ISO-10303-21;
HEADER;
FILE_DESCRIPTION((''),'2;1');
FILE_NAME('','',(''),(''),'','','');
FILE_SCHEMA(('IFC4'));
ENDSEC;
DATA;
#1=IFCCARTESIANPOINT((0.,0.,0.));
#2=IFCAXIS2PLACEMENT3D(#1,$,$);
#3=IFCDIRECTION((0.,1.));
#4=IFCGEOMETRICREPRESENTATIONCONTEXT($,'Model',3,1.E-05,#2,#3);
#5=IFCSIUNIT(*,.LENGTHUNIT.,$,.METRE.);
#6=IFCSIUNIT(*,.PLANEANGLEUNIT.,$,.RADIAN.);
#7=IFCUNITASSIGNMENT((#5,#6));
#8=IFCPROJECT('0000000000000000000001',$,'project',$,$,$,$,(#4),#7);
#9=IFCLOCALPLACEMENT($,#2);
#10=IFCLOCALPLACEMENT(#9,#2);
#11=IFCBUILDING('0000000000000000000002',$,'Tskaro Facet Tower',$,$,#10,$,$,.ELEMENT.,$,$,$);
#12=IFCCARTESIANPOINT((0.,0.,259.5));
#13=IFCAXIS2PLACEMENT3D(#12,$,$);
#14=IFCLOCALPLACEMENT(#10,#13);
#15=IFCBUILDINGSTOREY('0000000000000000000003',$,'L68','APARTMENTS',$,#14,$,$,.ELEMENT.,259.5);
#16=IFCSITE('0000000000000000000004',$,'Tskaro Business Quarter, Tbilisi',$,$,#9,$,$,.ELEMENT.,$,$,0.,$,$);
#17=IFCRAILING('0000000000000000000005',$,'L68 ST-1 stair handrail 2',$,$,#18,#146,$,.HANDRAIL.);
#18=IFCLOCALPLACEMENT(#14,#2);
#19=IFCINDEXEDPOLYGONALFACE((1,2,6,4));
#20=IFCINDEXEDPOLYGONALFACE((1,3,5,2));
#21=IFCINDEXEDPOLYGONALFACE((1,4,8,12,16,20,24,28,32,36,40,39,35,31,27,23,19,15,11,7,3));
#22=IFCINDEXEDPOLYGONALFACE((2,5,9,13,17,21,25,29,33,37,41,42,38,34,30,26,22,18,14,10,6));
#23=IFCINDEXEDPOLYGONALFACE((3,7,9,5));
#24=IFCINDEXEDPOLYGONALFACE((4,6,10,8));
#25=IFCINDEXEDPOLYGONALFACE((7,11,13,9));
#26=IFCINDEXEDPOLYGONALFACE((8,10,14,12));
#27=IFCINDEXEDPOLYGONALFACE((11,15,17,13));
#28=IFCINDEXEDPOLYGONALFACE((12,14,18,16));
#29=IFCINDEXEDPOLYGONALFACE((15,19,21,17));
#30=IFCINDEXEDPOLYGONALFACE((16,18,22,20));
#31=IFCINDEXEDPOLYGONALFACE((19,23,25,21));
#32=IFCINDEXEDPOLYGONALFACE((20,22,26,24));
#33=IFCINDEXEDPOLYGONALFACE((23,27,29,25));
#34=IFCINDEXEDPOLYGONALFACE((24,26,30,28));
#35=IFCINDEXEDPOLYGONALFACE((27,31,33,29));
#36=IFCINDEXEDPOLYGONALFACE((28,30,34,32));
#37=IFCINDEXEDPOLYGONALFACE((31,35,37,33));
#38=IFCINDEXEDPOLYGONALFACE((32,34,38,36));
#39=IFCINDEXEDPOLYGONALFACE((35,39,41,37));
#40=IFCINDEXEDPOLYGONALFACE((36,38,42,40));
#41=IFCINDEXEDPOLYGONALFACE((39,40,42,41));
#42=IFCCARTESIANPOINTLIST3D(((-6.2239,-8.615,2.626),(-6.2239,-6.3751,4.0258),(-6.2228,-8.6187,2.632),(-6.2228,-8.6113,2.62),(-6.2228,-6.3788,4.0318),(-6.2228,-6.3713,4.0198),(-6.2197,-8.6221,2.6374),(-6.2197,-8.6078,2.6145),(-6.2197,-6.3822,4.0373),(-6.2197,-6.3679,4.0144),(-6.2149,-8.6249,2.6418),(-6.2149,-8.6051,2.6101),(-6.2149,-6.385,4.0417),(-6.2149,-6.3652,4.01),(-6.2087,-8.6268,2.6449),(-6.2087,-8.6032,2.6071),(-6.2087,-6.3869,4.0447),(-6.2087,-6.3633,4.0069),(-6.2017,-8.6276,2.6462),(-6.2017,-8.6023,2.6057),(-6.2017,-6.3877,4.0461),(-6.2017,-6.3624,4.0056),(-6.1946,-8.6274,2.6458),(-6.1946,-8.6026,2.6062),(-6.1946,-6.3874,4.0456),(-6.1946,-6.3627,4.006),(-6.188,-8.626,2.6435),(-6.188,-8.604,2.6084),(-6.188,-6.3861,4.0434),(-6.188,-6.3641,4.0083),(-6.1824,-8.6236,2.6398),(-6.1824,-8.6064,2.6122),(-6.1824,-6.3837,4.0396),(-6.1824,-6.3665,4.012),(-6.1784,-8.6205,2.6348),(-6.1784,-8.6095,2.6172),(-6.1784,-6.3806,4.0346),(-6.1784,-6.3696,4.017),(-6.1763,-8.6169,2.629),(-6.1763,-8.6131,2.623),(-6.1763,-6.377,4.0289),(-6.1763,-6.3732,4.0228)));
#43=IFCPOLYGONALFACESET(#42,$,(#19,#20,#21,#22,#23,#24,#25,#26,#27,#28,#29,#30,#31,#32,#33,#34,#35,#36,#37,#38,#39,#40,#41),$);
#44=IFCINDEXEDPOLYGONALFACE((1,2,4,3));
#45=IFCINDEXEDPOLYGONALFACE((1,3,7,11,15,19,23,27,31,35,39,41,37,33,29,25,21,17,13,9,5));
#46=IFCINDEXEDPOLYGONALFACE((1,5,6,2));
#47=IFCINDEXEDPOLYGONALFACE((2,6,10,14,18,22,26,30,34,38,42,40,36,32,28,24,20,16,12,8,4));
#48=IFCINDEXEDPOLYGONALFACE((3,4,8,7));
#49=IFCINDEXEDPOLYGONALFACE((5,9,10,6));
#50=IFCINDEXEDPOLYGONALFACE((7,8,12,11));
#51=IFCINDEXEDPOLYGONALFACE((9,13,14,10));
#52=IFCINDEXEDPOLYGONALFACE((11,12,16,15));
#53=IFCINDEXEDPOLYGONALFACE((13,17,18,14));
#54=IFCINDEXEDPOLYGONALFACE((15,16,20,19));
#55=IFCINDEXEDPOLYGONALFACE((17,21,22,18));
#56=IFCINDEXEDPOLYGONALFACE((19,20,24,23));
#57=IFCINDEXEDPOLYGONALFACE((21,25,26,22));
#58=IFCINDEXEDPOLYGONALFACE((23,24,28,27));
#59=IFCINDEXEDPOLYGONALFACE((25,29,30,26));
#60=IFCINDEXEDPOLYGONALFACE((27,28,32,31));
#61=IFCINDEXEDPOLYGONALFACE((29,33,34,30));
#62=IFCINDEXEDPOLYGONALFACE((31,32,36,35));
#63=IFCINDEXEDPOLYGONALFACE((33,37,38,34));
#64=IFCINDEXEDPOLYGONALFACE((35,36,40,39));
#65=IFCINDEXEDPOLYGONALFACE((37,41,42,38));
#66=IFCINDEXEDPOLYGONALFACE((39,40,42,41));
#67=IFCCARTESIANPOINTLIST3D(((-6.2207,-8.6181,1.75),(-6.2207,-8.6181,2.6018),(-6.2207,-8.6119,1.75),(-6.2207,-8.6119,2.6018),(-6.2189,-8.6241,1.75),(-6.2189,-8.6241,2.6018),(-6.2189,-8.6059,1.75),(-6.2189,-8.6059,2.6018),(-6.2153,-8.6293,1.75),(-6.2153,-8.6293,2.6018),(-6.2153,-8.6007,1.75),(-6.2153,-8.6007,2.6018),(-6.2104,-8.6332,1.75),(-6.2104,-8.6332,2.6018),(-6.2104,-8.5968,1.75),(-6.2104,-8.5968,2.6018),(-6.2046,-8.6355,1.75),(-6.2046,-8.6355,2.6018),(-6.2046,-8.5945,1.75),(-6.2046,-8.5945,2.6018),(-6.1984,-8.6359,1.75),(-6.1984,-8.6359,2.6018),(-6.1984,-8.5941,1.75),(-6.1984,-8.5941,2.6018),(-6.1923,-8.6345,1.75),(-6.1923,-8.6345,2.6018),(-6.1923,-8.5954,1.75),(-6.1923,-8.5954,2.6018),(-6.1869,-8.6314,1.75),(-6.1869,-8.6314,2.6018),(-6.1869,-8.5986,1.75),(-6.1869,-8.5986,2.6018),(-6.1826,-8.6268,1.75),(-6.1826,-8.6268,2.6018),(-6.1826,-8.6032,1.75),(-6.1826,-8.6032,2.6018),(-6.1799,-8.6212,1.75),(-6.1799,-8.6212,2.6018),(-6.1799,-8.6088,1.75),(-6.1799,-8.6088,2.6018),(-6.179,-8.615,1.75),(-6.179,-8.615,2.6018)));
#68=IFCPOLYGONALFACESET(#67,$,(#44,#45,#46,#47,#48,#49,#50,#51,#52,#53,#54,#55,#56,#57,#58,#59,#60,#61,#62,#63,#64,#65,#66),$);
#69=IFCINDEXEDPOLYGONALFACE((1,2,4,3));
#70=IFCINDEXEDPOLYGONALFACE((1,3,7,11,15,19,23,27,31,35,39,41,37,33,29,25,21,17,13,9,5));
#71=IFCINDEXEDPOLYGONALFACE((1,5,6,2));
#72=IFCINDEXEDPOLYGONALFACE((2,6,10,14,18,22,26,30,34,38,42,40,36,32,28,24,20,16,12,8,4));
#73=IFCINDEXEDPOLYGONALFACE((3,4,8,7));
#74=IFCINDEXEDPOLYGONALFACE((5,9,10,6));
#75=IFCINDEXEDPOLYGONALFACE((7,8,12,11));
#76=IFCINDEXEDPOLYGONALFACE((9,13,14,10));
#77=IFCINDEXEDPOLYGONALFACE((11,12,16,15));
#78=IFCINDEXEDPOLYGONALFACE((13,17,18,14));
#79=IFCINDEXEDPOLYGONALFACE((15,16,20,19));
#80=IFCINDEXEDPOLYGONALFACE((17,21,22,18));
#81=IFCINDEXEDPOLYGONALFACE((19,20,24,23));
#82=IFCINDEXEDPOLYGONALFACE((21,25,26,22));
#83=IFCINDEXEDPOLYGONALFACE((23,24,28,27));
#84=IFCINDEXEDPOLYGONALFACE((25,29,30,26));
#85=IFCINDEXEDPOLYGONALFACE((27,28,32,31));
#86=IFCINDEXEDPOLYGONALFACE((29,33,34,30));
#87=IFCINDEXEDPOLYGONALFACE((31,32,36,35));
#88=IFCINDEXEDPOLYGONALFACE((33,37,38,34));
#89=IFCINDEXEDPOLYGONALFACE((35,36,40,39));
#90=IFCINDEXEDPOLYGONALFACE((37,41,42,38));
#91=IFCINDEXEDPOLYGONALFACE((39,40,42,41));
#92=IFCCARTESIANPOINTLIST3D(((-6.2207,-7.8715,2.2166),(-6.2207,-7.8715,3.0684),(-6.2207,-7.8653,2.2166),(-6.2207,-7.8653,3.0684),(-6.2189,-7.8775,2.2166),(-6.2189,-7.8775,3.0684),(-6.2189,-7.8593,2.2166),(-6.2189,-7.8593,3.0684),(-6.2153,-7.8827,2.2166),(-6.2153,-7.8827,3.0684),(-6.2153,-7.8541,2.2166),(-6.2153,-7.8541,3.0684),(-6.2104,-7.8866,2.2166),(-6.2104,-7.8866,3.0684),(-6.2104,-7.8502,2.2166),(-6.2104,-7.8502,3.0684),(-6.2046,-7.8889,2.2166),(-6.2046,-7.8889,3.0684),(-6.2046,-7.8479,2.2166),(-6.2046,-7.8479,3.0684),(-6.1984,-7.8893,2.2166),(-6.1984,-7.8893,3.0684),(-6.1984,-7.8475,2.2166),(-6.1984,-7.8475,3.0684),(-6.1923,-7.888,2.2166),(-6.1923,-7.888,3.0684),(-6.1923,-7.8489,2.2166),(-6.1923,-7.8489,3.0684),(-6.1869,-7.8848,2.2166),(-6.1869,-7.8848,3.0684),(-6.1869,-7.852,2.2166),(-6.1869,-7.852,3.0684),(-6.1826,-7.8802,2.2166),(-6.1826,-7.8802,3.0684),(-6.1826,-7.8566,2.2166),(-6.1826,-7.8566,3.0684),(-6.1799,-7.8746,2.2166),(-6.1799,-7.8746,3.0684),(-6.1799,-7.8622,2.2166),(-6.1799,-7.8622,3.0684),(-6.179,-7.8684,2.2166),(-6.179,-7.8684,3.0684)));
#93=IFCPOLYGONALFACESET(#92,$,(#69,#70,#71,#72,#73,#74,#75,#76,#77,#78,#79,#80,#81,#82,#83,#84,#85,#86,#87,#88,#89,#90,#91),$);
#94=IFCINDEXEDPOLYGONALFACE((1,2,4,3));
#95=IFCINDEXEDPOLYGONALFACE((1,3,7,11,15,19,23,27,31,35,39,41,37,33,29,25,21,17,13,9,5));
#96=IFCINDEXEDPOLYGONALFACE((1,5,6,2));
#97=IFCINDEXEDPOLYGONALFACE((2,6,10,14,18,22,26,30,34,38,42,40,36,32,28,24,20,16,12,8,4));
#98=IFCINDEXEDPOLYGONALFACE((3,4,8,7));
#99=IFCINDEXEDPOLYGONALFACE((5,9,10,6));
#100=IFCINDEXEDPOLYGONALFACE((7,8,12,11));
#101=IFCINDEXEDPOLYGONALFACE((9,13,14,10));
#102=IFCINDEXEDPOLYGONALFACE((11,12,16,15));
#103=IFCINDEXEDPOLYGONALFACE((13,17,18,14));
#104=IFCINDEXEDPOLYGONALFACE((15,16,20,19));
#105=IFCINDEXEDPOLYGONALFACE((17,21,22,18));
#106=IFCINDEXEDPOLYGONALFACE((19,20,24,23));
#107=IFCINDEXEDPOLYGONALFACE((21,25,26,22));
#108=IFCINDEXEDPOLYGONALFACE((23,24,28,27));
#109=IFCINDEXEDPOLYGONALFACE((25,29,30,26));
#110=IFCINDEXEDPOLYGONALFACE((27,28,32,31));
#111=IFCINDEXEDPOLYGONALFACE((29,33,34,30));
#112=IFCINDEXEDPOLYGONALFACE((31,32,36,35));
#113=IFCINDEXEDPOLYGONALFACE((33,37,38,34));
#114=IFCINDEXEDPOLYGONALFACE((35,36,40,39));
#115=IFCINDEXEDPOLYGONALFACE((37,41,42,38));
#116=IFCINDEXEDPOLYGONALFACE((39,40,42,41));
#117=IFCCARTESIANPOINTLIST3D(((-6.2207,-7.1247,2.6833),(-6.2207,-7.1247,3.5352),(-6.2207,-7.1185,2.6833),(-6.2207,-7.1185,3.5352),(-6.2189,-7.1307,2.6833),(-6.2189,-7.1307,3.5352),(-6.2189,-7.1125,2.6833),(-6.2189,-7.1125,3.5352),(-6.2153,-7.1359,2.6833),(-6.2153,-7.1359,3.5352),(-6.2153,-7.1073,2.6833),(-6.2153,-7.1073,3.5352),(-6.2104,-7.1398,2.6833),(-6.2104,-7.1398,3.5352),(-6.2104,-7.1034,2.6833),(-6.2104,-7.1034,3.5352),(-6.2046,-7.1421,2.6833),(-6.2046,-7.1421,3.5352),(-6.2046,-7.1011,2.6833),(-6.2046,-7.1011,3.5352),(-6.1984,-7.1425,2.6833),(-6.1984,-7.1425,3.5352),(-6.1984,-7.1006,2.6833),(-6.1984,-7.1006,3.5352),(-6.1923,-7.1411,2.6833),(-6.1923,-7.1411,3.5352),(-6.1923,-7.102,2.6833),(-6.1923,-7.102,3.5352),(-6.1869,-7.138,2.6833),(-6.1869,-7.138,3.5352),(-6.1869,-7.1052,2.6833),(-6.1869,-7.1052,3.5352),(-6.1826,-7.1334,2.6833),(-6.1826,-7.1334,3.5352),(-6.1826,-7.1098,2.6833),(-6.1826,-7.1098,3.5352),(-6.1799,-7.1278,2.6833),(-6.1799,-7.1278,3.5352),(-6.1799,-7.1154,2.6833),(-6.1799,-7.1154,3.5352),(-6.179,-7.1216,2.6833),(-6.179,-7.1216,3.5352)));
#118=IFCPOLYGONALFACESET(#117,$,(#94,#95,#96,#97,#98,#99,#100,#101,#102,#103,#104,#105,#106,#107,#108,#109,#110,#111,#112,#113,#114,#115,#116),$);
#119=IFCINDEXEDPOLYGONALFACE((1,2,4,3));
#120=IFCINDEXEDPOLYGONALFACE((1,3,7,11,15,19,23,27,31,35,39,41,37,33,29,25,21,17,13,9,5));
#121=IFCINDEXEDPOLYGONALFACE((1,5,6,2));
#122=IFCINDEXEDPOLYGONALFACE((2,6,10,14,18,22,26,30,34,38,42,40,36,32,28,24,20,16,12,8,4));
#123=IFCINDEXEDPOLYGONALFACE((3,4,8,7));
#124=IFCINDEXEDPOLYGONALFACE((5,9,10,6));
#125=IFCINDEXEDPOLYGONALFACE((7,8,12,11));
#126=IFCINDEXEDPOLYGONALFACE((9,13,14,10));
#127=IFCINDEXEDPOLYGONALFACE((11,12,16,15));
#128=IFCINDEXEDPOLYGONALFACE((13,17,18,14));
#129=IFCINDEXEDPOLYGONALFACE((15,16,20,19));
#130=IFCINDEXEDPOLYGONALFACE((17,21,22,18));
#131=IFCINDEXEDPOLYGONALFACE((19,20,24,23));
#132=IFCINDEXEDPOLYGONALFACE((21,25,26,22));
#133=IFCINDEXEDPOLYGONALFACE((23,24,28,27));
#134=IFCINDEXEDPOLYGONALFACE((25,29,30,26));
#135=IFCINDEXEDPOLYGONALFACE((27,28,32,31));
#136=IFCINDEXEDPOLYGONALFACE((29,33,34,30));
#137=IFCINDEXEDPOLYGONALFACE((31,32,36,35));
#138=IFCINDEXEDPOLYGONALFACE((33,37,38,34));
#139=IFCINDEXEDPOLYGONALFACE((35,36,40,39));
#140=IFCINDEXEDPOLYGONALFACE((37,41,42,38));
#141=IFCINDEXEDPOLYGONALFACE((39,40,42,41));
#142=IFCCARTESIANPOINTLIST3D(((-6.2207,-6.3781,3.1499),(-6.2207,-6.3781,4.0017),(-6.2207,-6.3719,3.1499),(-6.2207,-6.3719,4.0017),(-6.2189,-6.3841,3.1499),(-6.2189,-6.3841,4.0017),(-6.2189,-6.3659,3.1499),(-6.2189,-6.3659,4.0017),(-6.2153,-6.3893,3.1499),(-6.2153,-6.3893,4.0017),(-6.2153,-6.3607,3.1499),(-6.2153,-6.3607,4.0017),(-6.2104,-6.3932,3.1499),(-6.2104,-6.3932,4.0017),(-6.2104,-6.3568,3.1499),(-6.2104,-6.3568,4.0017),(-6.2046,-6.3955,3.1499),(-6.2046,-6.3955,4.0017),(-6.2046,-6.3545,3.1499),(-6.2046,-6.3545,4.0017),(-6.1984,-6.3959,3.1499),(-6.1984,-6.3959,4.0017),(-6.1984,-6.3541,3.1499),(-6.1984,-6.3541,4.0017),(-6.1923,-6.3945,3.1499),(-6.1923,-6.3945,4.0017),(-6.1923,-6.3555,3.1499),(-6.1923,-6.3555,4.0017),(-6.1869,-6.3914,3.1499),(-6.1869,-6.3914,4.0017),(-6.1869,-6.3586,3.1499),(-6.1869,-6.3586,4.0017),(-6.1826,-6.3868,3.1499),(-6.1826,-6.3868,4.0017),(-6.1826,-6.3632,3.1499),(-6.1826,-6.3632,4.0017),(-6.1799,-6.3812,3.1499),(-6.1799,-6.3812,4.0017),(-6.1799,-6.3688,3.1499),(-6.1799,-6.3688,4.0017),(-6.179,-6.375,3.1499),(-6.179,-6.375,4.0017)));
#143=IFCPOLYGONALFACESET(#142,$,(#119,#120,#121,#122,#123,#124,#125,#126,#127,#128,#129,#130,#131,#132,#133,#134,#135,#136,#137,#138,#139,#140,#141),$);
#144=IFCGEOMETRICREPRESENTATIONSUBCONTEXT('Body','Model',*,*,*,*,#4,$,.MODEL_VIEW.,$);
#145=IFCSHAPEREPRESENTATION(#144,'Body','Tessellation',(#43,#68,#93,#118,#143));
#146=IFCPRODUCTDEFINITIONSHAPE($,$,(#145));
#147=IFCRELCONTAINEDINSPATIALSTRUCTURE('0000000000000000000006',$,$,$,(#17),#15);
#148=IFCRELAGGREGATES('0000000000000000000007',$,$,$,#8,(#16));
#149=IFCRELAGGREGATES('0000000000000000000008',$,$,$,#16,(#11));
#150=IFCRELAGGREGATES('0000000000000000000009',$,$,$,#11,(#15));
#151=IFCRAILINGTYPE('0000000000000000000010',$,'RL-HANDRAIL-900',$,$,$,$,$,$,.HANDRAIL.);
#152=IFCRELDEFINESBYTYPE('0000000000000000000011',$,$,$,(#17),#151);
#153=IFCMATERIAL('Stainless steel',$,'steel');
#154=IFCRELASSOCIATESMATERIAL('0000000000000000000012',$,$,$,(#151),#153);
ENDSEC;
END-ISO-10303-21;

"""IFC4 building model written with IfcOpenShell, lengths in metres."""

from ifc_helpers import new_model, si_unit, direction, frame, origin, origin_2d, place, context, subcontext, project, spatial, circle, extrude, material, type_object, element, save


model = new_model("IFC4")

# Units and contexts
model_context = context("Model", 3, precision=1e-05, world=origin(), true_north=direction((0.0, 1.0)))
body_context = subcontext(model_context, "Body", "Model", "MODEL_VIEW")
ifc_project = project(units=[si_unit("LENGTHUNIT", "METRE"), si_unit("PLANEANGLEUNIT", "RADIAN")], contexts=[model_context])

# Site, building, storey
site_placement = place(None, origin())
site = spatial("IfcSite", under=ifc_project, at=site_placement, Name="Tskaro Business Quarter, Tbilisi", CompositionType="ELEMENT", RefElevation=0.0)
building_placement = place(site_placement, origin())
building = spatial("IfcBuilding", under=site, at=building_placement, Name="Tskaro Facet Tower", CompositionType="ELEMENT")
storey_placement = place(building_placement, frame((0.0, 0.0, 259.5)))
storey = spatial("IfcBuildingStorey", under=building, at=storey_placement, Name="L68", Description="APARTMENTS", CompositionType="ELEMENT", Elevation=259.5)

# Shared definitions
ifc_material_1 = material(Name="Stainless steel", Category="steel")

# Railing
railing_type_1 = type_object("IfcRailingType", Name="RL-HANDRAIL-900", PredefinedType="HANDRAIL", material=ifc_material_1)
railing_1_placement = place(storey_placement, frame((-6.2, -8.615, 1.75)))
element("IfcRailing", 1, at=railing_1_placement, inside=storey, type_object=railing_type_1, Name="L68 ST-1 stair handrail 2", PredefinedType="HANDRAIL", context=body_context, shape_type="SweptSolid", body=[
    extrude(circle(Radius=0.0239, at=origin_2d()), frame((0.0, 0.0, 0.876), z_axis=(0.0, 0.848014, 0.529974), x_axis=(-1.0, 0.0, 0.0)), (0.0, 0.0, 1.0), 2.6414),
    extrude(circle(Radius=0.021, at=origin_2d()), origin(), (0.0, 0.0, 1.0), 0.8518),
    extrude(circle(Radius=0.021, at=origin_2d()), frame((0.0, 0.7466, 0.4666)), (0.0, 0.0, 1.0), 0.8518),
    extrude(circle(Radius=0.021, at=origin_2d()), frame((0.0, 1.4934, 0.9333)), (0.0, 0.0, 1.0), 0.8518),
    extrude(circle(Radius=0.021, at=origin_2d()), frame((0.0, 2.24, 1.3999)), (0.0, 0.0, 1.0), 0.8518),
])

save(model, "model.ifc")
